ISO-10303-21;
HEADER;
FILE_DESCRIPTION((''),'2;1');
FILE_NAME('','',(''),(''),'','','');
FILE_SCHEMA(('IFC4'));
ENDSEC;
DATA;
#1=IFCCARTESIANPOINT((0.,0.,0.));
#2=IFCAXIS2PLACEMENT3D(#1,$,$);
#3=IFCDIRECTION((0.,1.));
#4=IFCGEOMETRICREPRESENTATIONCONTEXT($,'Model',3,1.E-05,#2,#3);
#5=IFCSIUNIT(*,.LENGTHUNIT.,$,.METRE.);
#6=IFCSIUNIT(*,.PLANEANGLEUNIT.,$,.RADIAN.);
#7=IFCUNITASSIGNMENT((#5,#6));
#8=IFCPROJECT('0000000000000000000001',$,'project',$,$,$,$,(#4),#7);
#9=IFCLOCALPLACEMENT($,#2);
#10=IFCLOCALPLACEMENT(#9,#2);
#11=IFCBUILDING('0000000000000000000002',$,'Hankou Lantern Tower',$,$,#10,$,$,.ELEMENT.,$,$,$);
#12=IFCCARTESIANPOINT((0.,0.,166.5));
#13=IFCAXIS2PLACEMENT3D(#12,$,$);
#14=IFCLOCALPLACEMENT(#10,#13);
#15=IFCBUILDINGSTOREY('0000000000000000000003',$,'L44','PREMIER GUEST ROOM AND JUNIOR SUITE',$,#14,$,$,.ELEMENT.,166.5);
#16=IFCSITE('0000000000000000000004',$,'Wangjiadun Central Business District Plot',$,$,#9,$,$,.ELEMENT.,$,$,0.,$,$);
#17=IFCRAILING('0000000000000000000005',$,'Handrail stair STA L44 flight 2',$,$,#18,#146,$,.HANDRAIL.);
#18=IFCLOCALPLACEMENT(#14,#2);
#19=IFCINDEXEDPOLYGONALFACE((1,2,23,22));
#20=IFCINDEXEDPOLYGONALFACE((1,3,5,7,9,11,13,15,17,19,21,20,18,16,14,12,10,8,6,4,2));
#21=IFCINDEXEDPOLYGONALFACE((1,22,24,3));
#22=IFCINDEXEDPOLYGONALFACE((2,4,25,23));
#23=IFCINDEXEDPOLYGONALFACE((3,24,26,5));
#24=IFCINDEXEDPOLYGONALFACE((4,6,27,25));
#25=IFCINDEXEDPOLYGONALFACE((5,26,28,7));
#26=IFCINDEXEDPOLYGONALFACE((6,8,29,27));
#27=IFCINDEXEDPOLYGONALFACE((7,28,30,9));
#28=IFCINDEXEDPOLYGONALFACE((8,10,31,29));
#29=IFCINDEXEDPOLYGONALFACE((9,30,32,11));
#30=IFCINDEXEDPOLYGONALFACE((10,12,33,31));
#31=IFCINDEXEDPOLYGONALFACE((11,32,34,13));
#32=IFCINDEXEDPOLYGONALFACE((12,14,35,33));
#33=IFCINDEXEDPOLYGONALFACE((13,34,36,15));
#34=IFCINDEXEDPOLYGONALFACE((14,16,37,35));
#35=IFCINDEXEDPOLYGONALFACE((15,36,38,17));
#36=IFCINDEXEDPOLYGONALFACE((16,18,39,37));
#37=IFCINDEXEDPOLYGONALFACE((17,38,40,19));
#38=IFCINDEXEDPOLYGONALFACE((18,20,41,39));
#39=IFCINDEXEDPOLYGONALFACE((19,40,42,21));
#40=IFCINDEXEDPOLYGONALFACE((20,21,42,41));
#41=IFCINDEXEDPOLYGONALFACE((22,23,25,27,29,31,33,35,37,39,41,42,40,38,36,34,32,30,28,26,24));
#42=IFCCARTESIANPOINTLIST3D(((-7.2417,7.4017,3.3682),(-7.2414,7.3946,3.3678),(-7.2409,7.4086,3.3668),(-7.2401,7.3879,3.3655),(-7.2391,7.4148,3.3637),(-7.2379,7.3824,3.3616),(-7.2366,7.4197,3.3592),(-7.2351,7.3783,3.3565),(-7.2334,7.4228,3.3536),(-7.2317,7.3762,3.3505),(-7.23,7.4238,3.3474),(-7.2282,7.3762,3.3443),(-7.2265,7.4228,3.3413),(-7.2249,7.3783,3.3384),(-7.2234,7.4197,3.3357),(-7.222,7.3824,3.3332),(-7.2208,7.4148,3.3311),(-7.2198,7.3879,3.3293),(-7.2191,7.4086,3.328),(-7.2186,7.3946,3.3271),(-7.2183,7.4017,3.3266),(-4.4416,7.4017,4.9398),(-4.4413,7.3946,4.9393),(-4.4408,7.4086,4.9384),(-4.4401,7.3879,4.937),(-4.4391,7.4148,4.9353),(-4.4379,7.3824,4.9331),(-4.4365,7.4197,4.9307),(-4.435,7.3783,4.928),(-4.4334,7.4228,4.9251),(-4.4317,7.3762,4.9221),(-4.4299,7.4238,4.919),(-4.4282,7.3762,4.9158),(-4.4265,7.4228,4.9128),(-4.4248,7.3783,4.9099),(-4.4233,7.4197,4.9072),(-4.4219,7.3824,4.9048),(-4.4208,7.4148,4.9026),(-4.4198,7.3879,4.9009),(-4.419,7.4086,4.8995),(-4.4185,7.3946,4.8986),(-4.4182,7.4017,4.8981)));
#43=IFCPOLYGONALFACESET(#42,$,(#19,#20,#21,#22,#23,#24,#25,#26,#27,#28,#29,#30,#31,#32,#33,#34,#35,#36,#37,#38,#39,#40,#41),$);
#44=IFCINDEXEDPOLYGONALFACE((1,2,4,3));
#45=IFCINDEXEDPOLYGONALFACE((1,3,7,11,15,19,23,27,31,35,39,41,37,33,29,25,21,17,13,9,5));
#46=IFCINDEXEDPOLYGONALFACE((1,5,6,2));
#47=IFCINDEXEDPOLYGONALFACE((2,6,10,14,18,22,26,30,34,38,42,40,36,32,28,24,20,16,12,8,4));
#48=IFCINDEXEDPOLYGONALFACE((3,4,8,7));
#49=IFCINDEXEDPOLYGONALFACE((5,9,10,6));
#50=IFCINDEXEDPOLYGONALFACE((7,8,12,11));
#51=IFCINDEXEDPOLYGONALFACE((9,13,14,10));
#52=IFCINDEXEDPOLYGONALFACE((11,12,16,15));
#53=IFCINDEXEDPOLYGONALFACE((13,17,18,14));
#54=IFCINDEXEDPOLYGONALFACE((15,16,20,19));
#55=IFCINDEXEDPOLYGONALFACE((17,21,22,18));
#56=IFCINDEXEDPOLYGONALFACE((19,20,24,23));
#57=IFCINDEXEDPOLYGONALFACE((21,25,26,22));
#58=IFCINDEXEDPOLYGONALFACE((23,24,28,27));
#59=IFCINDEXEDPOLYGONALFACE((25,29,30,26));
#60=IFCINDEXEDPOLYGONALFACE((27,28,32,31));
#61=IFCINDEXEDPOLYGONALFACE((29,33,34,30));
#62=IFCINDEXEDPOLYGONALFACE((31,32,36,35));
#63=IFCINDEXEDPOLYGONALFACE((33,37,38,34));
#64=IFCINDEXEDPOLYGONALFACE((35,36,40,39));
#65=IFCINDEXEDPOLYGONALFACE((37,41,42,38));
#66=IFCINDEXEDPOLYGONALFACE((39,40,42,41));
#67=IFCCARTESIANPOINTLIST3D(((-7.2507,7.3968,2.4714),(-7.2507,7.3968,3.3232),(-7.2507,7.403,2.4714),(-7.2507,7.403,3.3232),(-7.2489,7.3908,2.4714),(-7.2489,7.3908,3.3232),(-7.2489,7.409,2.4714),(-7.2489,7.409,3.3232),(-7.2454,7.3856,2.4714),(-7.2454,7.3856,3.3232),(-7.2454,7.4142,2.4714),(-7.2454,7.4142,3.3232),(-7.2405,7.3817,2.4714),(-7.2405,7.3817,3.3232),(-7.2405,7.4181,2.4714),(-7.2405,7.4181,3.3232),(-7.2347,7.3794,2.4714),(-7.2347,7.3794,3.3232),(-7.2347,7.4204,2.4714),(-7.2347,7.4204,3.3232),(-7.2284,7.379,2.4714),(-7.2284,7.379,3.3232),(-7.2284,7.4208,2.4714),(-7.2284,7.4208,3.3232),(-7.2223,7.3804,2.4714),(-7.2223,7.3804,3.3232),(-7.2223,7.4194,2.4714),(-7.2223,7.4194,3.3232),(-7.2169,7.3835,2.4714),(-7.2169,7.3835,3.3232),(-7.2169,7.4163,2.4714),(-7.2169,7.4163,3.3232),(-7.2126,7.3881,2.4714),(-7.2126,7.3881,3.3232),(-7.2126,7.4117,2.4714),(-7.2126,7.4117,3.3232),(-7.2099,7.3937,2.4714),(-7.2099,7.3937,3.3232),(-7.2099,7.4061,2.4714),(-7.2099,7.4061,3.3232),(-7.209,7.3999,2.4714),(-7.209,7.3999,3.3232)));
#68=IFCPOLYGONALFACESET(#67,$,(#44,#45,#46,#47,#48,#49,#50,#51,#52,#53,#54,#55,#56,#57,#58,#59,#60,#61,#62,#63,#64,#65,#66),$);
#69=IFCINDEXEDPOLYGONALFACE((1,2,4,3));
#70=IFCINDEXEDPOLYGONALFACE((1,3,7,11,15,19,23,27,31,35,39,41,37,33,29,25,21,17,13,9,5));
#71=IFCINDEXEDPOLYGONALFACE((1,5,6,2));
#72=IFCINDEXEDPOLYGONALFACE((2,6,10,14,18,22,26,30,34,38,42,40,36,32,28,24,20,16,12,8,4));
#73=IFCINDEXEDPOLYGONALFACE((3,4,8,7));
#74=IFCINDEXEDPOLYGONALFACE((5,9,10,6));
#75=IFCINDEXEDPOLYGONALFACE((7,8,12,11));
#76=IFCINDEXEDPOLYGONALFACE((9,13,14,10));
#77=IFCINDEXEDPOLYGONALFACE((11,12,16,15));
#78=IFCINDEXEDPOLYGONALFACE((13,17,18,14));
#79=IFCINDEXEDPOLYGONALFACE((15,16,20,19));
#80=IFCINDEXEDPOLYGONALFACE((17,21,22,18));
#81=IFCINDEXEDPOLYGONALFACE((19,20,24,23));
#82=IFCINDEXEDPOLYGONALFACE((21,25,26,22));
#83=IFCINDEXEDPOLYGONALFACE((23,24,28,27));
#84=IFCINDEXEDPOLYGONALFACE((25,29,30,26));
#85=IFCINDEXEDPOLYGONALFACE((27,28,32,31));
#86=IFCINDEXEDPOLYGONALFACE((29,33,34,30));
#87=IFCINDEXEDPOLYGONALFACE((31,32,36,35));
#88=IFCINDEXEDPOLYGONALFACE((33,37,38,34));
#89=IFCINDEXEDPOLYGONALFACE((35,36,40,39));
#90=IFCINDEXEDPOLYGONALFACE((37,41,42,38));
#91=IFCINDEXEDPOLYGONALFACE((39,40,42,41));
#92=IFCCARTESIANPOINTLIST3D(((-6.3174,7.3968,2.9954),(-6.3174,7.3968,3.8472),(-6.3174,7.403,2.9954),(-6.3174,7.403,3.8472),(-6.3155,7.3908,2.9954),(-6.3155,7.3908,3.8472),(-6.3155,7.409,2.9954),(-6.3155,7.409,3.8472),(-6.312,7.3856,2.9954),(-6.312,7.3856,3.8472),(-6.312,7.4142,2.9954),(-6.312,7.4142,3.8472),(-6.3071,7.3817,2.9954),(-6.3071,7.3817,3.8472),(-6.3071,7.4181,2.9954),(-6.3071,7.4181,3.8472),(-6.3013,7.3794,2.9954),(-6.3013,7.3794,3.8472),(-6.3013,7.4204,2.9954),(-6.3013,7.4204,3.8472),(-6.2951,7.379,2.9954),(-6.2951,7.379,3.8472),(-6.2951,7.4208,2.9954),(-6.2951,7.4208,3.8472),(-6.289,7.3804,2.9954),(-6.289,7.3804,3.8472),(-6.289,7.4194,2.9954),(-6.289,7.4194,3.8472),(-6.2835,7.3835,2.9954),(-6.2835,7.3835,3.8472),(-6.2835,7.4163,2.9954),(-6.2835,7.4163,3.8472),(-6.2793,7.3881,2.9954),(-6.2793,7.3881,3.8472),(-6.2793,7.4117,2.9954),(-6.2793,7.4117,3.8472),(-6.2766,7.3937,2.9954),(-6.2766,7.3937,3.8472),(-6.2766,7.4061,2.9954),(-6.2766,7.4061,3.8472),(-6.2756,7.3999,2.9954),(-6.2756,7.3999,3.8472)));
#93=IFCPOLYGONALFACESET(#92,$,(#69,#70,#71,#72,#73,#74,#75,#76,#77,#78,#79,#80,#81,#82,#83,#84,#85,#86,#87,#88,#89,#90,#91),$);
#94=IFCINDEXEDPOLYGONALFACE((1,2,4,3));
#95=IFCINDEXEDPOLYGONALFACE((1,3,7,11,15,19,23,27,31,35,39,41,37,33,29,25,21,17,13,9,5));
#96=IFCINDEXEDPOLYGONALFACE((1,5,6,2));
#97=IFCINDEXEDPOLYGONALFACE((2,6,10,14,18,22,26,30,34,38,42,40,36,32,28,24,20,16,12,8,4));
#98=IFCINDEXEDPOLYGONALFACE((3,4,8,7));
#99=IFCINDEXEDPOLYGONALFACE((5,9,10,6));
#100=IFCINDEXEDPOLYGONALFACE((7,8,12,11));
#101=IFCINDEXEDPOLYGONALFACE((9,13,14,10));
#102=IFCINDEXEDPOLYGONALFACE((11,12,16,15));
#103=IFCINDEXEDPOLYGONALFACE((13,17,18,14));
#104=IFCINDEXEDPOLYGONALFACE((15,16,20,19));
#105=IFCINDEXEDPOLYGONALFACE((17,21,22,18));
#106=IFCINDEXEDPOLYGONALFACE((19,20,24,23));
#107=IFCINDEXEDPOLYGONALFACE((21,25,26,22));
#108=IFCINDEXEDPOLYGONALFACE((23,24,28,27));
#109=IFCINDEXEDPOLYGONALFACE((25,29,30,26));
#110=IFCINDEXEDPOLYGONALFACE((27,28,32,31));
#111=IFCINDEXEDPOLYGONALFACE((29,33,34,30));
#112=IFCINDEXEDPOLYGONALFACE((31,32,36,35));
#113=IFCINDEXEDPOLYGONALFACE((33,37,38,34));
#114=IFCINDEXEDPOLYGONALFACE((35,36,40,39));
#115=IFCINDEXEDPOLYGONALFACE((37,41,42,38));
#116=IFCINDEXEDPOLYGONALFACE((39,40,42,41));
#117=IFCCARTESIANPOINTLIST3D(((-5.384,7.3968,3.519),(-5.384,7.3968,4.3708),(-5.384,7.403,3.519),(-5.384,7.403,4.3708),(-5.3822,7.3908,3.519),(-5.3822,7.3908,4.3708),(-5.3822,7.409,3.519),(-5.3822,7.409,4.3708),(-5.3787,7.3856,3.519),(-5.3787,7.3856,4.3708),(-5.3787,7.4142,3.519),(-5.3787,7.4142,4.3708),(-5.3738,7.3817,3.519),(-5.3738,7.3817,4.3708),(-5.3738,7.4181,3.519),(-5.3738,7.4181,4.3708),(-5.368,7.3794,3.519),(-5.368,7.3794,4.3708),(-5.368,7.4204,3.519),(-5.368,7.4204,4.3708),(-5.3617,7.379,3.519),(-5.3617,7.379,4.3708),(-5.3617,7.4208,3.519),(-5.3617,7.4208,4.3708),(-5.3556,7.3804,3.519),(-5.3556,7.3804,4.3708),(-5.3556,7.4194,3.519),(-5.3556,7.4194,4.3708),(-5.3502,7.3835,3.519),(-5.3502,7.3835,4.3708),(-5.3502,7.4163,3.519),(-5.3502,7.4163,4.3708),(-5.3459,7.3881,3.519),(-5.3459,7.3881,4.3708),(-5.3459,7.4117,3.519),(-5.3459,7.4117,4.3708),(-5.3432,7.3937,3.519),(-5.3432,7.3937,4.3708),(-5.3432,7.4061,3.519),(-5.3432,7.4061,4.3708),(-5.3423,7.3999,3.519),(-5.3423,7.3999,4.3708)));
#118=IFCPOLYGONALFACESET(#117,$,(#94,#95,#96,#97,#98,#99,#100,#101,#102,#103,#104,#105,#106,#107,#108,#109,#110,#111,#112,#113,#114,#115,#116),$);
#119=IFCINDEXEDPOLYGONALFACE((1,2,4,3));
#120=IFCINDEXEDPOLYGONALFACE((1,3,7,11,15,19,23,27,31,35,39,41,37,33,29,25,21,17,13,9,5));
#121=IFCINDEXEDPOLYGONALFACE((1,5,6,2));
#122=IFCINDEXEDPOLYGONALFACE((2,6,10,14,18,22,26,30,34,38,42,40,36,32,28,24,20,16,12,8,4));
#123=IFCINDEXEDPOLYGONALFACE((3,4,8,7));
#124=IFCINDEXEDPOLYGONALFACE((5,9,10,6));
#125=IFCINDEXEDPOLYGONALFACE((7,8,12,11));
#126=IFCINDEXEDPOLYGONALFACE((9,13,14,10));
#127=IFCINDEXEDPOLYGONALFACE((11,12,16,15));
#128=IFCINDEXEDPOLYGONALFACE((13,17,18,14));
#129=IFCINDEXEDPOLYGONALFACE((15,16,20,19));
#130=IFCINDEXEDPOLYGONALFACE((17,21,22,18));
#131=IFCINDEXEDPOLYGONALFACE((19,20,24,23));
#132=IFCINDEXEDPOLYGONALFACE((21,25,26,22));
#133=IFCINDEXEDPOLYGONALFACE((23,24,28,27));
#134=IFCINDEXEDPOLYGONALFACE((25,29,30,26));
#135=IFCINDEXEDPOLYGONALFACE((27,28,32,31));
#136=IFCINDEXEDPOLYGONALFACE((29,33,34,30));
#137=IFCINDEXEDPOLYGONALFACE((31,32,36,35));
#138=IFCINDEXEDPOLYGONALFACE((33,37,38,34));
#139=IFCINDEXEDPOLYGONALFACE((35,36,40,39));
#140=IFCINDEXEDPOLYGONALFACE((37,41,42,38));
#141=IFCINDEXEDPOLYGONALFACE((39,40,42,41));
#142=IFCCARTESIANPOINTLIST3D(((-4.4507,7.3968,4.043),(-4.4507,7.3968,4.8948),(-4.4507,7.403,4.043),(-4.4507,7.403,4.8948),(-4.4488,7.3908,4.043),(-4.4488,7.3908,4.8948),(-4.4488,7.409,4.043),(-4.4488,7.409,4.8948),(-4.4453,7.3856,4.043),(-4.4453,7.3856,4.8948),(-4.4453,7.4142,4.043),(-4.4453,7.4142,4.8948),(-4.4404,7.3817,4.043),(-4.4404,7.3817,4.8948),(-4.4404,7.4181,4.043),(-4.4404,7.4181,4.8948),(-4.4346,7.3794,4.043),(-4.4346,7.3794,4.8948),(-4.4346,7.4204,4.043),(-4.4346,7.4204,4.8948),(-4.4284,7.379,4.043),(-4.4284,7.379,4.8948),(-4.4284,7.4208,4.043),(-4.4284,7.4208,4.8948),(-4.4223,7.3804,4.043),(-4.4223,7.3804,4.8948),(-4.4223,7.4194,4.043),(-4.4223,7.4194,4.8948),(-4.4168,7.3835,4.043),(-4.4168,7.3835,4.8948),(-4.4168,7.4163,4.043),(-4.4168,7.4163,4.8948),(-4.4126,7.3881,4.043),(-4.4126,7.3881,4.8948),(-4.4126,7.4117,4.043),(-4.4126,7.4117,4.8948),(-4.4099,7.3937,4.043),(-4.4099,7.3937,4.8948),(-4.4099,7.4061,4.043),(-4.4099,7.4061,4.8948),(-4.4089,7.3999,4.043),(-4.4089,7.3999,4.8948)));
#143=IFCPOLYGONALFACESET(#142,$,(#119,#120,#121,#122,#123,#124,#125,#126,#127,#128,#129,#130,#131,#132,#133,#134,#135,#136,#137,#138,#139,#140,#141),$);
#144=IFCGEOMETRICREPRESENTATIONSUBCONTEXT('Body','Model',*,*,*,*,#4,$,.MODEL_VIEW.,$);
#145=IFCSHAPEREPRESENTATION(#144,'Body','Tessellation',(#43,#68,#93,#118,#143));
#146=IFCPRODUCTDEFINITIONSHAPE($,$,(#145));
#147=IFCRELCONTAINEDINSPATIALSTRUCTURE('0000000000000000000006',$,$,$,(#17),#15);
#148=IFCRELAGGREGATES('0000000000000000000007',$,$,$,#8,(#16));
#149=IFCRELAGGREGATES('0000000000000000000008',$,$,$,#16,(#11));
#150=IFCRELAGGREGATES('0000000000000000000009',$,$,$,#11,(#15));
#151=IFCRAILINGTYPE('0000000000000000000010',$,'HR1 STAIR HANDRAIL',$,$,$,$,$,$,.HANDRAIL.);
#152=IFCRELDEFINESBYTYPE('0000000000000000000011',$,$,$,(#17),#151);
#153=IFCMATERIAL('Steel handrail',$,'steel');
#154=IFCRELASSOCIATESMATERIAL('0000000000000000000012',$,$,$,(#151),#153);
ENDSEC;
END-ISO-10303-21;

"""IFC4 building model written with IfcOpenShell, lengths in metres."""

from ifc_helpers import new_model, si_unit, direction, frame, origin, origin_2d, place, context, subcontext, project, spatial, circle, extrude, material, type_object, element, save


model = new_model("IFC4")

# Units and contexts
model_context = context("Model", 3, precision=1e-05, world=origin(), true_north=direction((0.0, 1.0)))
body_context = subcontext(model_context, "Body", "Model", "MODEL_VIEW")
ifc_project = project(units=[si_unit("LENGTHUNIT", "METRE"), si_unit("PLANEANGLEUNIT", "RADIAN")], contexts=[model_context])

# Site, building, storey
site_placement = place(None, origin())
site = spatial("IfcSite", under=ifc_project, at=site_placement, Name="Wangjiadun Central Business District Plot", CompositionType="ELEMENT", RefElevation=0.0)
building_placement = place(site_placement, origin())
building = spatial("IfcBuilding", under=site, at=building_placement, Name="Hankou Lantern Tower", CompositionType="ELEMENT")
storey_placement = place(building_placement, frame((0.0, 0.0, 166.5)))
storey = spatial("IfcBuildingStorey", under=building, at=storey_placement, Name="L44", Description="PREMIER GUEST ROOM AND JUNIOR SUITE", CompositionType="ELEMENT", Elevation=166.5)

# Railing
ifc_material_1 = material(Name="Steel handrail", Category="steel")
railing_type = type_object("IfcRailingType", Name="HR1 STAIR HANDRAIL", PredefinedType="HANDRAIL", material=ifc_material_1)
railing_1_placement = place(storey_placement, frame((-7.23, 7.3999, 2.4714)))
element("IfcRailing", 1, at=railing_1_placement, inside=storey, type_object=railing_type, Name="Handrail stair STA L44 flight 2", PredefinedType="HANDRAIL", context=body_context, shape_type="SweptSolid", body=[
    extrude(circle(Radius=0.0239, at=origin_2d()), frame((0.0, 0.0, 0.876), z_axis=(0.87204, 0.0, 0.489434), x_axis=(0.0, 1.0, 0.0)), (0.0, 0.0, 1.0), 3.2109),
    extrude(circle(Radius=0.021, at=origin_2d()), origin(), (0.0, 0.0, 1.0), 0.8518),
    extrude(circle(Radius=0.021, at=origin_2d()), frame((0.9333, 0.0, 0.5239)), (0.0, 0.0, 1.0), 0.8518),
    extrude(circle(Radius=0.021, at=origin_2d()), frame((1.8667, 0.0, 1.0476)), (0.0, 0.0, 1.0), 0.8518),
    extrude(circle(Radius=0.021, at=origin_2d()), frame((2.8, 0.0, 1.5715)), (0.0, 0.0, 1.0), 0.8518),
])

save(model, "model.ifc")
